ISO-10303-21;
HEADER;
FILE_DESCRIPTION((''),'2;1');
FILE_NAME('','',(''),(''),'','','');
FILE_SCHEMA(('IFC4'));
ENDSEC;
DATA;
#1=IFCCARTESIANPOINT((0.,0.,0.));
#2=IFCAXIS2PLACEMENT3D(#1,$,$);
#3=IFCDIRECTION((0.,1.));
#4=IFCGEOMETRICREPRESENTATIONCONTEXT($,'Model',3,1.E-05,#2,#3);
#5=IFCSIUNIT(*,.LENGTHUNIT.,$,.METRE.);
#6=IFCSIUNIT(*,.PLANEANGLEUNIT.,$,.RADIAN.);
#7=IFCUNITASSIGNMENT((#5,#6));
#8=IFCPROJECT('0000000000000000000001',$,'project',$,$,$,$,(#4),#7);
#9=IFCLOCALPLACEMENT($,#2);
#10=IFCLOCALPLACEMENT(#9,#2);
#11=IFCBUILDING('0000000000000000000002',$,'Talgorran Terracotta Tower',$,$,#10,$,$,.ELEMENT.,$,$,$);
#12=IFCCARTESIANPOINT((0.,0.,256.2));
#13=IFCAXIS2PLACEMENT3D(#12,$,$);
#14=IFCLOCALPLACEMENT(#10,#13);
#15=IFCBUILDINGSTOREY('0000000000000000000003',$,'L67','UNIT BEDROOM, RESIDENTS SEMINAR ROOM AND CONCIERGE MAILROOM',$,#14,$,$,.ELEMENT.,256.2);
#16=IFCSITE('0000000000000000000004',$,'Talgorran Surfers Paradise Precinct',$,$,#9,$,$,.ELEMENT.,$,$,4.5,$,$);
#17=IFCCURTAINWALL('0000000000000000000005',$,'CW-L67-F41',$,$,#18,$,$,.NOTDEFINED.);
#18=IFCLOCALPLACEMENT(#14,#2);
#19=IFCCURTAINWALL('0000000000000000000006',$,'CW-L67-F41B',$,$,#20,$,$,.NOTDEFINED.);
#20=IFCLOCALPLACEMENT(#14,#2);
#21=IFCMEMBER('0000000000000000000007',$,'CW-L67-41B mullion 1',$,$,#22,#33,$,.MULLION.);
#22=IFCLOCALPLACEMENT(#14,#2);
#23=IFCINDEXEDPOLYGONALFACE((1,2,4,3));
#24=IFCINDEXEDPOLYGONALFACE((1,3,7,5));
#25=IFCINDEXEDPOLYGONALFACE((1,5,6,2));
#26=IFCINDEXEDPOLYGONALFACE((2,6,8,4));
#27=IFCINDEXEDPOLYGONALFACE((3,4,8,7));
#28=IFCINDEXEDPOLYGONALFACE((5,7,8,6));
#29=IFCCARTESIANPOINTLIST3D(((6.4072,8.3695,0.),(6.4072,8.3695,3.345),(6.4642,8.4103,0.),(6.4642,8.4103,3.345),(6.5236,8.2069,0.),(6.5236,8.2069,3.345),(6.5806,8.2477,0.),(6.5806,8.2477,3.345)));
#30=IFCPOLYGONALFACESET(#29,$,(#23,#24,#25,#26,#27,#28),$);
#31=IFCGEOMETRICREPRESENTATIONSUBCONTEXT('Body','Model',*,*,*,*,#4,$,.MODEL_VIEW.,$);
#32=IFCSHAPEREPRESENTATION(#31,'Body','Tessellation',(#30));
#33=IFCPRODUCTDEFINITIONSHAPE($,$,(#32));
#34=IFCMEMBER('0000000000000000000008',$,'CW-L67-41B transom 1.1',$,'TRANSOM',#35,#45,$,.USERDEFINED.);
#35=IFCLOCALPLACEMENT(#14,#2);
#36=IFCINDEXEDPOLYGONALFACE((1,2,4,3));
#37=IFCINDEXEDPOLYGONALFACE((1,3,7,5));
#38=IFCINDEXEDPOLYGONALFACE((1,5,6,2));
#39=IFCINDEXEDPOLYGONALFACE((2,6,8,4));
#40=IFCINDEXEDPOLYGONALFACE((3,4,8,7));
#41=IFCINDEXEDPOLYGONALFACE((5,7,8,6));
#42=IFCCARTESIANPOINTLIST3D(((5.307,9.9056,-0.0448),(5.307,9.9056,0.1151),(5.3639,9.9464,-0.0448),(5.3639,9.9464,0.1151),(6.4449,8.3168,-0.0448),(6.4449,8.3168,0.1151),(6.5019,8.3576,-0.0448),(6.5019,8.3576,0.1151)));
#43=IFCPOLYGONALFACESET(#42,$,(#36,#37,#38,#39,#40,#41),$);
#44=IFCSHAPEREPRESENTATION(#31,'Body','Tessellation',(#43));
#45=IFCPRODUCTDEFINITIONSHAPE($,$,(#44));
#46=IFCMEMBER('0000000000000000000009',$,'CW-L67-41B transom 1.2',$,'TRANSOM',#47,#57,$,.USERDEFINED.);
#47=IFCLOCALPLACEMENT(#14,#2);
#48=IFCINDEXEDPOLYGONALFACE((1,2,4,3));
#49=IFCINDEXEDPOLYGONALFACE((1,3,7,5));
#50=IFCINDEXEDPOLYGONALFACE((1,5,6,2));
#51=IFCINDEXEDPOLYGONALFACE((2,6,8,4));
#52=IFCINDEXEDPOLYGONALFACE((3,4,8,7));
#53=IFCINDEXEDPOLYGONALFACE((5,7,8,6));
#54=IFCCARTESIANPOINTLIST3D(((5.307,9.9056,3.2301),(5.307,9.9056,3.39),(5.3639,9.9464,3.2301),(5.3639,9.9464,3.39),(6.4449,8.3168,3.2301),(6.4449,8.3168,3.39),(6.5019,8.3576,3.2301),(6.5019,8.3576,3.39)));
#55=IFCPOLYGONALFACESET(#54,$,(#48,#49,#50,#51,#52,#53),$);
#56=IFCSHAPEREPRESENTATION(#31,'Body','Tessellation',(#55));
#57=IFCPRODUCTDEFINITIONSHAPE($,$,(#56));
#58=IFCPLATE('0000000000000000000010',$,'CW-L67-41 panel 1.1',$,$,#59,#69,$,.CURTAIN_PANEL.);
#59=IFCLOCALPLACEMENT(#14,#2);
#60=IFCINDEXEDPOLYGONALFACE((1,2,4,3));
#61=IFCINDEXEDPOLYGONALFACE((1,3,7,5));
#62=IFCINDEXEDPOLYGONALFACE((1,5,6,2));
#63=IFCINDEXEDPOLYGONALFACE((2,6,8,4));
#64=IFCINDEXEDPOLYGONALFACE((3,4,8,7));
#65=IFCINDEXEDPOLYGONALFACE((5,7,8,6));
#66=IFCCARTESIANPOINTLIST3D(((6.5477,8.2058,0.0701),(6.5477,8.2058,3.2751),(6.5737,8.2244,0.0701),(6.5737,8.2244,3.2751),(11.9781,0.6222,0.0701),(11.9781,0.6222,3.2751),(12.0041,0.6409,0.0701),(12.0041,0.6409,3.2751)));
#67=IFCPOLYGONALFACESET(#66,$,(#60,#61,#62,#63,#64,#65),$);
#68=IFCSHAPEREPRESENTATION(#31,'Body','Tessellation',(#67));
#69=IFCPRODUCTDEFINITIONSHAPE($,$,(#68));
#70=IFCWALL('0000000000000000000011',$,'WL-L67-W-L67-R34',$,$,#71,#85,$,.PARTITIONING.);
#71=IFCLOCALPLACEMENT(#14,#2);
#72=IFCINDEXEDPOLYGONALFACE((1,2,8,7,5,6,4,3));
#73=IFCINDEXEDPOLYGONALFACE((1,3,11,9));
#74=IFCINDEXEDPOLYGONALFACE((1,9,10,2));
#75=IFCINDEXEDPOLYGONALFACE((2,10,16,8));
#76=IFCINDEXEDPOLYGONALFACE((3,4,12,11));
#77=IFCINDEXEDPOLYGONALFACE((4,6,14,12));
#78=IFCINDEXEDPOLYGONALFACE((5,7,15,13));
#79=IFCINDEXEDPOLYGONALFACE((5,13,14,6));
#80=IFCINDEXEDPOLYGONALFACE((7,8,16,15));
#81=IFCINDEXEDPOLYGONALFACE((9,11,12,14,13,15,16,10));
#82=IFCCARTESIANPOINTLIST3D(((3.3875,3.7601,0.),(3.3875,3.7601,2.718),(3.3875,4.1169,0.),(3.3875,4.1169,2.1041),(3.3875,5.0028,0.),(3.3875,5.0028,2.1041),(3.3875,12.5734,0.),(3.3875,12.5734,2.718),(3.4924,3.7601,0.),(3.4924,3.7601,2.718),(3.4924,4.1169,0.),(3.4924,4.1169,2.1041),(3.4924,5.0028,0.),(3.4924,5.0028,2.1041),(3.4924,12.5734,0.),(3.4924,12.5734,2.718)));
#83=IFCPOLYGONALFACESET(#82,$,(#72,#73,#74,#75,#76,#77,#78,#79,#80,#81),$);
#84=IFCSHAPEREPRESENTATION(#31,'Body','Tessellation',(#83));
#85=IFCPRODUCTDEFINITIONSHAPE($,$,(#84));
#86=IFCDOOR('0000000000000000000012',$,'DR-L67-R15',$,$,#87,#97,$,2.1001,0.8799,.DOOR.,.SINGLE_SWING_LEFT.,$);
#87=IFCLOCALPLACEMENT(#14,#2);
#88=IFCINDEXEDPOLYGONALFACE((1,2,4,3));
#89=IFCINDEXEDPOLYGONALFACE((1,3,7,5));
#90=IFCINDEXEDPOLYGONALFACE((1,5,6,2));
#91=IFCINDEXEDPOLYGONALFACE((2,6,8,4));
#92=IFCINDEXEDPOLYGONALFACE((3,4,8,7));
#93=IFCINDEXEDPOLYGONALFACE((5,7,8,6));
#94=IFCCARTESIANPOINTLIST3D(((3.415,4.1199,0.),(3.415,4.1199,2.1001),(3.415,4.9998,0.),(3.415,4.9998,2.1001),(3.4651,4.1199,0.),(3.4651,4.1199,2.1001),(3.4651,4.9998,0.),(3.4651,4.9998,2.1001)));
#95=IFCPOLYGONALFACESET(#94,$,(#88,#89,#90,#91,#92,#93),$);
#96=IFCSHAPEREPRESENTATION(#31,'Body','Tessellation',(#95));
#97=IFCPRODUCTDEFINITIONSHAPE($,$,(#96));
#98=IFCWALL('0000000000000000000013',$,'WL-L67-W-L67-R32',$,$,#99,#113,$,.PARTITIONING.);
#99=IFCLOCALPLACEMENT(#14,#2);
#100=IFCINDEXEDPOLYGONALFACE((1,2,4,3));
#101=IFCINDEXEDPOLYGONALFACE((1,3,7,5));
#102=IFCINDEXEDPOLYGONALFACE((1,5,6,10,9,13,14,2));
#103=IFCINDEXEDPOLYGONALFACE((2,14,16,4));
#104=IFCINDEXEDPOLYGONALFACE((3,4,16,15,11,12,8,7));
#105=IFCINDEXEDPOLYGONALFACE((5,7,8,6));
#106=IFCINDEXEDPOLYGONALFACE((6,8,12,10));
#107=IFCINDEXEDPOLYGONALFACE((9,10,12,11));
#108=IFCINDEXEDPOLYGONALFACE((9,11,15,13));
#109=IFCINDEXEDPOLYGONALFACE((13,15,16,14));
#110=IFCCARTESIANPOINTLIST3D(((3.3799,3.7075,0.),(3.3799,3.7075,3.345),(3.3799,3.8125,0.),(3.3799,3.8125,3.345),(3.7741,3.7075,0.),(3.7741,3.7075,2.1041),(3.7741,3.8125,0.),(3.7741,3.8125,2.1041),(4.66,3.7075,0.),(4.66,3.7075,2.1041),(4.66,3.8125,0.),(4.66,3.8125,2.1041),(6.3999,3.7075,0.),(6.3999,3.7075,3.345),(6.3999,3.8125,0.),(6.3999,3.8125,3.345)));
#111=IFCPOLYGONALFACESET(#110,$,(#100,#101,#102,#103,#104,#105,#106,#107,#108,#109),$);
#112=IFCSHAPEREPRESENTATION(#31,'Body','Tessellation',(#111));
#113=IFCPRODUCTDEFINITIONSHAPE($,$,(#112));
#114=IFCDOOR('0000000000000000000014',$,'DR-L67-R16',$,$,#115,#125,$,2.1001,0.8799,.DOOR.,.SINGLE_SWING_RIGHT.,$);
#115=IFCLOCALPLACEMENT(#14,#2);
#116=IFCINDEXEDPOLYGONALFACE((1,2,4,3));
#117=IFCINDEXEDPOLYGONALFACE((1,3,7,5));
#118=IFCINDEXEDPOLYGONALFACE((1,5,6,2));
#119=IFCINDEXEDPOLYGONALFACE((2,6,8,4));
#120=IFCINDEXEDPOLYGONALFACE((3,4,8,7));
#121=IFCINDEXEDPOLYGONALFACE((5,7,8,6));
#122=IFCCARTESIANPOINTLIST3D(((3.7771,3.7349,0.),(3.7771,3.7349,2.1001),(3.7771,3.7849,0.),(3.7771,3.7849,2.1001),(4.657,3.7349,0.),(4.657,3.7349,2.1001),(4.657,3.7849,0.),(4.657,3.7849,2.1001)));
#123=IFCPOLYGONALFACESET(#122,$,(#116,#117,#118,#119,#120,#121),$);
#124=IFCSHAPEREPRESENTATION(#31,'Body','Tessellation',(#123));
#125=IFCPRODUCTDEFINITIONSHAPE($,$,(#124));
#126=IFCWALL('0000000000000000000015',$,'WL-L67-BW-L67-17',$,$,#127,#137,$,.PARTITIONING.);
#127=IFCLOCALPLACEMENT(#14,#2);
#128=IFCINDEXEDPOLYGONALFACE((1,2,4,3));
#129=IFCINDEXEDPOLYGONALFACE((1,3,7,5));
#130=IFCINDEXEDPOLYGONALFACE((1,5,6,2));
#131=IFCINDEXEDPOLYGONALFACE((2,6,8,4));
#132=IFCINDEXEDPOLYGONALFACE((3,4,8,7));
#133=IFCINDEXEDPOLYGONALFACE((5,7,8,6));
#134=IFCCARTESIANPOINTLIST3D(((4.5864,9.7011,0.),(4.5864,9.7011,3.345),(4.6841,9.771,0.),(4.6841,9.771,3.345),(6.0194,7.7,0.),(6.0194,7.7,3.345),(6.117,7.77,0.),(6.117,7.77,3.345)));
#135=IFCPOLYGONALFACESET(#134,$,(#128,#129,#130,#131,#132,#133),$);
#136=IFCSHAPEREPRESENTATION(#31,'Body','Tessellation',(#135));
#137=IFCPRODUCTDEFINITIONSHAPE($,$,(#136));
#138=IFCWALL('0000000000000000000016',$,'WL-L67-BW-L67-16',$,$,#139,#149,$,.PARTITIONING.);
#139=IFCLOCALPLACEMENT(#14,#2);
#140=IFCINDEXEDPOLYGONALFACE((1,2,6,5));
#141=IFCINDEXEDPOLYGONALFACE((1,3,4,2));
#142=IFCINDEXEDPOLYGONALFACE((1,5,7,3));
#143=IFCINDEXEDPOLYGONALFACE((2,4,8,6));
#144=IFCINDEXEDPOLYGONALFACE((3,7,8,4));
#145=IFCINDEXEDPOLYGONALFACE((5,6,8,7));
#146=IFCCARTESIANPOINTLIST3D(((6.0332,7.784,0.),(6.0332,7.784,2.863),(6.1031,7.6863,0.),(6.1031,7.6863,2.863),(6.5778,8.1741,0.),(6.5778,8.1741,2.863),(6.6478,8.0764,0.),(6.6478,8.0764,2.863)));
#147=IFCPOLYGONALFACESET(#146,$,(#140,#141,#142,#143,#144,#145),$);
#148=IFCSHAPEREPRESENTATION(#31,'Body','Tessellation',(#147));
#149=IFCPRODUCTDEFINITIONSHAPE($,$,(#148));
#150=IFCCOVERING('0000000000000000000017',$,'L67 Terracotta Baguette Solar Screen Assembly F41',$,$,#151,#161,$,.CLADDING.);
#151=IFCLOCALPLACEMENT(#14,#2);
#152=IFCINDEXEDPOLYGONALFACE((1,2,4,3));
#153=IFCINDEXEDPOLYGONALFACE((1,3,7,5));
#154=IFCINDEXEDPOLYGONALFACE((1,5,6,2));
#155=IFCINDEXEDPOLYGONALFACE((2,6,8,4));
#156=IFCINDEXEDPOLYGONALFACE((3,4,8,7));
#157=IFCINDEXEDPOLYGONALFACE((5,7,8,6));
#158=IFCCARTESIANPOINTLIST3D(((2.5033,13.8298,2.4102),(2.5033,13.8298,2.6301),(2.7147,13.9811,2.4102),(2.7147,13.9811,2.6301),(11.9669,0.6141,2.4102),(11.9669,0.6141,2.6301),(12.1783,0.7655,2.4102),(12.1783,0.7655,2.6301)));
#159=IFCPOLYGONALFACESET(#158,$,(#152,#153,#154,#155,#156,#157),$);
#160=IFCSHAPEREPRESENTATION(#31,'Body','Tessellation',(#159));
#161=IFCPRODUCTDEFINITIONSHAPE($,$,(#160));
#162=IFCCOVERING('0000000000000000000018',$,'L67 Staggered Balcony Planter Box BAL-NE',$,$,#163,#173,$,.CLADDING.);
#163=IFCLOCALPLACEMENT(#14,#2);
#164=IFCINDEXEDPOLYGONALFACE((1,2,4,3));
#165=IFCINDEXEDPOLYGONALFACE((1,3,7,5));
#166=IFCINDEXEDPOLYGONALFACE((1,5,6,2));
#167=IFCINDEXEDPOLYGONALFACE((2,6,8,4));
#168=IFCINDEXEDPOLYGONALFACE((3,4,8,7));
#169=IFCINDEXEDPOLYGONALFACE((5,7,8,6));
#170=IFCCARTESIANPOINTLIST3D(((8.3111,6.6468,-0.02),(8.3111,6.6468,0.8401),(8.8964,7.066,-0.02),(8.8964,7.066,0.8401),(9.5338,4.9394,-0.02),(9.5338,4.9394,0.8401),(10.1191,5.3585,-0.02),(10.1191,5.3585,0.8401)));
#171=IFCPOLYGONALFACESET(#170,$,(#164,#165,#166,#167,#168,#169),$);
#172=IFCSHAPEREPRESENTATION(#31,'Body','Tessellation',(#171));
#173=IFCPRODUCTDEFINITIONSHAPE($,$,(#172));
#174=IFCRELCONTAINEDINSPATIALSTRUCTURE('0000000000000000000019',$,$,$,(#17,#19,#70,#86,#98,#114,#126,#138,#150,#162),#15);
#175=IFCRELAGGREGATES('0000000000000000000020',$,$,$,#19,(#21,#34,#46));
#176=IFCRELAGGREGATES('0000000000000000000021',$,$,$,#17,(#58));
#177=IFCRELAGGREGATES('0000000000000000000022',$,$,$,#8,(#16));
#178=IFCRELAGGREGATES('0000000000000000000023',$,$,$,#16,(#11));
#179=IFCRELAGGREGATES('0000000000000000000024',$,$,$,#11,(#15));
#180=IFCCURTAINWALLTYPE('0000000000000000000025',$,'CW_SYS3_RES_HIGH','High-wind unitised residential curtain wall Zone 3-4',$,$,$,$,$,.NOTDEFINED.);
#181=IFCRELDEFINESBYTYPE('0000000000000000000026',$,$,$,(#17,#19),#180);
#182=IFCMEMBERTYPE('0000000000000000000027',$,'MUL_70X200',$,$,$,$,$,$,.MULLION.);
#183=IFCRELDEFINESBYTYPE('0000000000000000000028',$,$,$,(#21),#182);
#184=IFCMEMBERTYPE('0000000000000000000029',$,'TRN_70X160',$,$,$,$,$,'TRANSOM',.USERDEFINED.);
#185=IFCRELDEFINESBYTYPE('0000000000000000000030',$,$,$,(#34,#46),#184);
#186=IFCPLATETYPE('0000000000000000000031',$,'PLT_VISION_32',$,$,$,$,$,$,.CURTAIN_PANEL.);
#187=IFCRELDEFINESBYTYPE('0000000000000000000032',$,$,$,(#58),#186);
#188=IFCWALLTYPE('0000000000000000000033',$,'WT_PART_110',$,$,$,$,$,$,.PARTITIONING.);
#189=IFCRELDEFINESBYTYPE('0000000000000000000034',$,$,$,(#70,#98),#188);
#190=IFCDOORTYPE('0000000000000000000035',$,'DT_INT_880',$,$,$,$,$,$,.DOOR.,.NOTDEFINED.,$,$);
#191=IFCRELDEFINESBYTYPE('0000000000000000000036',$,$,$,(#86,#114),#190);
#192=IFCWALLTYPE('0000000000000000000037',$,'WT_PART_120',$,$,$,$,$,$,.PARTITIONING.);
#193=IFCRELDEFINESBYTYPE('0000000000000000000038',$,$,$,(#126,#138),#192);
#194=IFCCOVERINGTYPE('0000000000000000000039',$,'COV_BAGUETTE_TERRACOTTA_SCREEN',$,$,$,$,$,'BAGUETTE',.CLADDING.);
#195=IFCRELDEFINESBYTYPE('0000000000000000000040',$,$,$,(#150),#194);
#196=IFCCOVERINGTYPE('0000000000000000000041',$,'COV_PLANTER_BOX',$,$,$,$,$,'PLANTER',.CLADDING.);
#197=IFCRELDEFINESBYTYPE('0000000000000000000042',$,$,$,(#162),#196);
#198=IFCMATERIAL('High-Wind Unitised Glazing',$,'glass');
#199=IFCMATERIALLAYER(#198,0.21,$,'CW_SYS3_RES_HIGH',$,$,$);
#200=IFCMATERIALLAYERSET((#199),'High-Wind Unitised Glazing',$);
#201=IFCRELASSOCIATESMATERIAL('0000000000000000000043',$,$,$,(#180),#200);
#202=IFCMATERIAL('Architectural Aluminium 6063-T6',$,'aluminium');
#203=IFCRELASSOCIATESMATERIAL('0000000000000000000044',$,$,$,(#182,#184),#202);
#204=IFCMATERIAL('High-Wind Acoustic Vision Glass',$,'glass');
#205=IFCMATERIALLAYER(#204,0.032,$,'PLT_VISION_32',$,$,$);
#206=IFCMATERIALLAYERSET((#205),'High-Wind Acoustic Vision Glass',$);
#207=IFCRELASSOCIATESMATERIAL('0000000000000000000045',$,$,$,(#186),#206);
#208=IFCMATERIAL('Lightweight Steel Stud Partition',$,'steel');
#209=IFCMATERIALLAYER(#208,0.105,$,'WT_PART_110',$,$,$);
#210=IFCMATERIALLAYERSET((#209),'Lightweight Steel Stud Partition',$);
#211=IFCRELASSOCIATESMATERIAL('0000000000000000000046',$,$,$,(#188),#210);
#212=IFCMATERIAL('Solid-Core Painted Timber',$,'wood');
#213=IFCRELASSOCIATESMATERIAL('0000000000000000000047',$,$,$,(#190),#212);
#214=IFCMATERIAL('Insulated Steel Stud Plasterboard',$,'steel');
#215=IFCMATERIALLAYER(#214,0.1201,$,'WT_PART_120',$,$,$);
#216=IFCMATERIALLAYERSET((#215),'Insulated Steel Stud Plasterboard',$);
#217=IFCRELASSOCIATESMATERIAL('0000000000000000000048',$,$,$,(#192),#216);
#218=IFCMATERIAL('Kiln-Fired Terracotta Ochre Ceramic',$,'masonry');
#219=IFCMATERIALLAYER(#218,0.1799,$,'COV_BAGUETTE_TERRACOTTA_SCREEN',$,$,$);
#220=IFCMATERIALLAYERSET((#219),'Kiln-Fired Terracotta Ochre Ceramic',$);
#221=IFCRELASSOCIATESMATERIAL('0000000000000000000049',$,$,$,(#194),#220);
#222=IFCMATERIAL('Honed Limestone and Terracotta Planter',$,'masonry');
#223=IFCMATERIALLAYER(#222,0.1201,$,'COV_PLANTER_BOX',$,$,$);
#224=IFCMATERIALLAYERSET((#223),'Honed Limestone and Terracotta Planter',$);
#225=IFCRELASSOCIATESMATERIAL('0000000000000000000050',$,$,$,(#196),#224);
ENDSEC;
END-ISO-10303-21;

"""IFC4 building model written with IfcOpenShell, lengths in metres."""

from ifc_helpers import new_model, si_unit, direction, frame, frame_2d, origin, origin_2d, place, context, subcontext, project, spatial, rectangle, extrude, source, transform, mapped, material, layer, layer_set, material_profile, profile_set, type_object, type_shapes, element, fill, aggregate, save


model = new_model("IFC4")

# Units and contexts
model_context = context("Model", 3, precision=1e-05, world=origin(), true_north=direction((0.0, 1.0)))
body_context = subcontext(model_context, "Body", "Model", "MODEL_VIEW")
ifc_project = project(units=[si_unit("LENGTHUNIT", "METRE"), si_unit("PLANEANGLEUNIT", "RADIAN")], contexts=[model_context])

# Site, building, storey
site_placement = place(None, origin())
site = spatial("IfcSite", under=ifc_project, at=site_placement, Name="Talgorran Surfers Paradise Precinct", CompositionType="ELEMENT", RefElevation=4.5)
building_placement = place(site_placement, origin())
building = spatial("IfcBuilding", under=site, at=building_placement, Name="Talgorran Terracotta Tower", CompositionType="ELEMENT")
storey_placement = place(building_placement, frame((0.0, 0.0, 256.2)))
storey = spatial("IfcBuildingStorey", under=building, at=storey_placement, Name="L67", Description="UNIT BEDROOM, RESIDENTS SEMINAR ROOM AND CONCIERGE MAILROOM", CompositionType="ELEMENT", Elevation=256.2)

# Curtain wall
ifc_material_1 = material(Name="High-Wind Unitised Glazing", Category="glass")
ifc_layer_1 = layer(ifc_material_1, 0.21, Name="CW_SYS3_RES_HIGH")
ifc_layer_set_1 = layer_set([ifc_layer_1], Name="High-Wind Unitised Glazing")
curtain_wall_type = type_object("IfcCurtainWallType", Name="CW_SYS3_RES_HIGH", Description="High-wind unitised residential curtain wall Zone 3-4", PredefinedType="NOTDEFINED", material=ifc_layer_set_1)
curtain_wall_1_placement = place(storey_placement, origin())
curtain_wall_1 = element("IfcCurtainWall", 1, at=curtain_wall_1_placement, inside=storey, type_object=curtain_wall_type, Name="CW-L67-F41", PredefinedType="NOTDEFINED")
ifc_material_2 = material(Name="Architectural Aluminium 6063-T6", Category="aluminium")
ifc_material_profile_1 = material_profile(ifc_material_2, rectangle(XDim=0.0701, YDim=0.2, at=origin_2d()), Name="CWM70X200")
ifc_profile_set_1 = profile_set([ifc_material_profile_1], Name="Architectural Aluminium 6063-T6")
member_type_1 = type_object("IfcMemberType", Name="MUL_70X200", PredefinedType="MULLION", material=ifc_profile_set_1)

# Curtain wall, members
curtain_wall_2_placement = place(storey_placement, origin())
curtain_wall_2 = element("IfcCurtainWall", 2, at=curtain_wall_2_placement, inside=storey, type_object=curtain_wall_type, Name="CW-L67-F41B", PredefinedType="NOTDEFINED")
member_1_placement = place(storey_placement, frame((6.4939, 8.3086, 0.0), z_axis=(0.0, 0.0, 1.0), x_axis=(-0.81303, -0.582222, 0.0)))
member_1 = element("IfcMember", 3, at=member_1_placement, type_object=member_type_1, Name="CW-L67-41B mullion 1", PredefinedType="MULLION", context=body_context, shape_type="SweptSolid", body=[
    extrude(rectangle(XDim=0.0701, YDim=0.2, at=origin_2d()), origin(), (0.0, 0.0, 1.0), 3.345),
])
ifc_material_profile_2 = material_profile(ifc_material_2, rectangle(XDim=0.0701, YDim=0.1599, at=origin_2d()), Name="CWT70X160")
ifc_profile_set_2 = profile_set([ifc_material_profile_2], Name="Architectural Aluminium 6063-T6")
member_type_2 = type_object("IfcMemberType", Name="TRN_70X160", ElementType="TRANSOM", PredefinedType="USERDEFINED", material=ifc_profile_set_2)
member_2_placement = place(storey_placement, frame((6.4734, 8.3372, 0.0352), z_axis=(-0.582266, 0.812998, 0.0), x_axis=(-0.812998, -0.582266, 0.0)))
member_2 = element("IfcMember", 4, at=member_2_placement, type_object=member_type_2, Name="CW-L67-41B transom 1.1", ObjectType="TRANSOM", PredefinedType="USERDEFINED", context=body_context, shape_type="SweptSolid", body=[
    extrude(rectangle(XDim=0.0701, YDim=0.1599, at=origin_2d()), origin(), (0.0, 0.0, 1.0), 1.9543),
])
member_3_placement = place(storey_placement, frame((6.4734, 8.3372, 3.3101), z_axis=(-0.582266, 0.812998, 0.0), x_axis=(-0.812998, -0.582266, 0.0)))
member_3 = element("IfcMember", 5, at=member_3_placement, type_object=member_type_2, Name="CW-L67-41B transom 1.2", ObjectType="TRANSOM", PredefinedType="USERDEFINED", context=body_context, shape_type="SweptSolid", body=[
    extrude(rectangle(XDim=0.0701, YDim=0.1599, at=origin_2d()), origin(), (0.0, 0.0, 1.0), 1.9543),
])
aggregate(curtain_wall_2, [member_1, member_2, member_3])

# Plate
ifc_material_3 = material(Name="High-Wind Acoustic Vision Glass", Category="glass")
ifc_layer_2 = layer(ifc_material_3, 0.032, Name="PLT_VISION_32")
ifc_layer_set_2 = layer_set([ifc_layer_2], Name="High-Wind Acoustic Vision Glass")
plate_type = type_object("IfcPlateType", Name="PLT_VISION_32", PredefinedType="CURTAIN_PANEL", material=ifc_layer_set_2)
shared_shape = source(origin(), body_context, "Body", "SweptSolid", [
    extrude(rectangle(XDim=9.3274, YDim=0.032, at=origin_2d()), origin(), (0.0, 0.0, 1.0), 3.2051),
])
type_shapes(plate_type, [shared_shape])
plate_placement = place(storey_placement, frame((9.2759, 4.4233, 0.0701), z_axis=(0.0, 0.0, 1.0), x_axis=(-0.582205, 0.813042, 0.0)))
plate = element("IfcPlate", 6, at=plate_placement, type_object=plate_type, Name="CW-L67-41 panel 1.1", PredefinedType="CURTAIN_PANEL", context=body_context, shape_type="MappedRepresentation", body=[
    mapped(shared_shape, transform((0.0, 0.0, 0.0), scale=1.0)),
])
aggregate(curtain_wall_1, [plate])

# Walls, openings, doors
ifc_material_4 = material(Name="Lightweight Steel Stud Partition", Category="steel")
ifc_layer_3 = layer(ifc_material_4, 0.105, Name="WT_PART_110")
ifc_layer_set_3 = layer_set([ifc_layer_3], Name="Lightweight Steel Stud Partition")
wall_type_1 = type_object("IfcWallType", Name="WT_PART_110", PredefinedType="PARTITIONING", material=ifc_layer_set_3)
wall_1_placement = place(storey_placement, frame((3.4399, 3.76, 0.0), z_axis=(0.0, 0.0, 1.0), x_axis=(0.0, 1.0, 0.0)))
wall_1 = element("IfcWall", 7, at=wall_1_placement, inside=storey, type_object=wall_type_1, Name="WL-L67-W-L67-R34", PredefinedType="PARTITIONING", context=body_context, shape_type="SweptSolid", body=[
    extrude(rectangle(XDim=8.8132, YDim=0.105, at=frame_2d((4.4067, 0.0))), origin(), (0.0, 0.0, 1.0), 2.718),
])
opening_1_placement = place(wall_1_placement, frame((0.3599, 0.0, 0.0)))
opening_1 = element("IfcOpeningElement", 8, at=opening_1_placement, cuts=wall_1, PredefinedType="OPENING", context=body_context, shape_type="SweptSolid", body=[
    extrude(rectangle(XDim=0.8859, YDim=2.1041, at=frame_2d((0.4399, 1.052))), frame((0.0, 0.0625, 0.0), z_axis=(0.0, -1.0, 0.0), x_axis=(1.0, 0.0, 0.0)), (0.0, 0.0, 1.0), 0.125),
])
ifc_material_5 = material(Name="Solid-Core Painted Timber", Category="wood")
door_type = type_object("IfcDoorType", Name="DT_INT_880", OperationType="NOTDEFINED", PredefinedType="DOOR", material=ifc_material_5)
door_1_placement = place(opening_1_placement, origin())
door_1 = element("IfcDoor", 9, at=door_1_placement, inside=storey, type_object=door_type, Name="DR-L67-R15", OperationType="SINGLE_SWING_LEFT", OverallHeight=2.1001, OverallWidth=0.8799, PredefinedType="DOOR", context=body_context, shape_type="SweptSolid", body=[
    extrude(rectangle(XDim=0.8799, YDim=2.1001, at=frame_2d((0.4399, 1.05))), frame((0.0, 0.0249, 0.0), z_axis=(0.0, -1.0, 0.0), x_axis=(1.0, 0.0, 0.0)), (0.0, 0.0, 1.0), 0.05),
])
fill(opening_1, door_1)
wall_2_placement = place(storey_placement, frame((3.3799, 3.76, 0.0), z_axis=(0.0, 0.0, 1.0), x_axis=(1.0, 0.0, 0.0)))
wall_2 = element("IfcWall", 10, at=wall_2_placement, inside=storey, type_object=wall_type_1, Name="WL-L67-W-L67-R32", PredefinedType="PARTITIONING", context=body_context, shape_type="SweptSolid", body=[
    extrude(rectangle(XDim=3.02, YDim=0.105, at=frame_2d((1.51, 0.0))), origin(), (0.0, 0.0, 1.0), 3.345),
])
opening_2_placement = place(wall_2_placement, frame((0.3972, 0.0, 0.0)))
opening_2 = element("IfcOpeningElement", 11, at=opening_2_placement, cuts=wall_2, PredefinedType="OPENING", context=body_context, shape_type="SweptSolid", body=[
    extrude(rectangle(XDim=0.8859, YDim=2.1041, at=frame_2d((0.4399, 1.052))), frame((0.0, 0.0625, 0.0), z_axis=(0.0, -1.0, 0.0), x_axis=(1.0, 0.0, 0.0)), (0.0, 0.0, 1.0), 0.125),
])
door_2_placement = place(opening_2_placement, origin())
door_2 = element("IfcDoor", 12, at=door_2_placement, inside=storey, type_object=door_type, Name="DR-L67-R16", OperationType="SINGLE_SWING_RIGHT", OverallHeight=2.1001, OverallWidth=0.8799, PredefinedType="DOOR", context=body_context, shape_type="SweptSolid", body=[
    extrude(rectangle(XDim=0.8799, YDim=2.1001, at=frame_2d((0.4399, 1.05))), frame((0.0, 0.0249, 0.0), z_axis=(0.0, -1.0, 0.0), x_axis=(1.0, 0.0, 0.0)), (0.0, 0.0, 1.0), 0.05),
])
fill(opening_2, door_2)

# Walls
ifc_material_6 = material(Name="Insulated Steel Stud Plasterboard", Category="steel")
ifc_layer_4 = layer(ifc_material_6, 0.1201, Name="WT_PART_120")
ifc_layer_set_4 = layer_set([ifc_layer_4], Name="Insulated Steel Stud Plasterboard")
wall_type_2 = type_object("IfcWallType", Name="WT_PART_120", PredefinedType="PARTITIONING", material=ifc_layer_set_4)
wall_3_placement = place(storey_placement, frame((6.0681, 7.7351, 0.0), z_axis=(0.0, 0.0, 1.0), x_axis=(-0.582204, 0.813043, 0.0)))
element("IfcWall", 13, at=wall_3_placement, inside=storey, type_object=wall_type_2, Name="WL-L67-BW-L67-17", PredefinedType="PARTITIONING", context=body_context, shape_type="SweptSolid", body=[
    extrude(rectangle(XDim=2.4612, YDim=0.1201, at=frame_2d((1.2305, 0.0))), origin(), (0.0, 0.0, 1.0), 3.345),
])
wall_4_placement = place(storey_placement, frame((6.6128, 8.1252, 0.0), z_axis=(0.0, 0.0, 1.0), x_axis=(-0.81297, -0.582306, 0.0)))
element("IfcWall", 14, at=wall_4_placement, inside=storey, type_object=wall_type_2, Name="WL-L67-BW-L67-16", PredefinedType="PARTITIONING", context=body_context, shape_type="SweptSolid", body=[
    extrude(rectangle(XDim=0.6699, YDim=0.1201, at=frame_2d((0.335, 0.0))), origin(), (0.0, 0.0, 1.0), 2.863),
])

# Coverings
ifc_material_7 = material(Name="Kiln-Fired Terracotta Ochre Ceramic", Category="masonry")
ifc_layer_5 = layer(ifc_material_7, 0.1799, Name="COV_BAGUETTE_TERRACOTTA_SCREEN")
ifc_layer_set_5 = layer_set([ifc_layer_5], Name="Kiln-Fired Terracotta Ochre Ceramic")
covering_type_1 = type_object("IfcCoveringType", Name="COV_BAGUETTE_TERRACOTTA_SCREEN", ElementType="BAGUETTE", PredefinedType="CLADDING", material=ifc_layer_set_5)
covering_1_placement = place(storey_placement, frame((7.3408, 7.2976, 2.4102), z_axis=(0.0, 0.0, 1.0), x_axis=(-0.582208, 0.81304, 0.0)))
element("IfcCovering", 15, at=covering_1_placement, inside=storey, type_object=covering_type_1, Name="L67 Terracotta Baguette Solar Screen Assembly F41", PredefinedType="CLADDING", context=body_context, shape_type="SweptSolid", body=[
    extrude(rectangle(XDim=16.2546, YDim=0.26, at=origin_2d()), origin(), (0.0, 0.0, 1.0), 0.22),
])
ifc_material_8 = material(Name="Honed Limestone and Terracotta Planter", Category="masonry")
ifc_layer_6 = layer(ifc_material_8, 0.1201, Name="COV_PLANTER_BOX")
ifc_layer_set_6 = layer_set([ifc_layer_6], Name="Honed Limestone and Terracotta Planter")
covering_type_2 = type_object("IfcCoveringType", Name="COV_PLANTER_BOX", ElementType="PLANTER", PredefinedType="CLADDING", material=ifc_layer_set_6)
covering_2_placement = place(storey_placement, frame((9.2151, 6.0027, -0.02), z_axis=(0.0, 0.0, 1.0), x_axis=(-0.582208, 0.81304, 0.0)))
element("IfcCovering", 16, at=covering_2_placement, inside=storey, type_object=covering_type_2, Name="L67 Staggered Balcony Planter Box BAL-NE", PredefinedType="CLADDING", context=body_context, shape_type="SweptSolid", body=[
    extrude(rectangle(XDim=2.1001, YDim=0.72, at=origin_2d()), origin(), (0.0, 0.0, 1.0), 0.8601),
])

save(model, "model.ifc")
